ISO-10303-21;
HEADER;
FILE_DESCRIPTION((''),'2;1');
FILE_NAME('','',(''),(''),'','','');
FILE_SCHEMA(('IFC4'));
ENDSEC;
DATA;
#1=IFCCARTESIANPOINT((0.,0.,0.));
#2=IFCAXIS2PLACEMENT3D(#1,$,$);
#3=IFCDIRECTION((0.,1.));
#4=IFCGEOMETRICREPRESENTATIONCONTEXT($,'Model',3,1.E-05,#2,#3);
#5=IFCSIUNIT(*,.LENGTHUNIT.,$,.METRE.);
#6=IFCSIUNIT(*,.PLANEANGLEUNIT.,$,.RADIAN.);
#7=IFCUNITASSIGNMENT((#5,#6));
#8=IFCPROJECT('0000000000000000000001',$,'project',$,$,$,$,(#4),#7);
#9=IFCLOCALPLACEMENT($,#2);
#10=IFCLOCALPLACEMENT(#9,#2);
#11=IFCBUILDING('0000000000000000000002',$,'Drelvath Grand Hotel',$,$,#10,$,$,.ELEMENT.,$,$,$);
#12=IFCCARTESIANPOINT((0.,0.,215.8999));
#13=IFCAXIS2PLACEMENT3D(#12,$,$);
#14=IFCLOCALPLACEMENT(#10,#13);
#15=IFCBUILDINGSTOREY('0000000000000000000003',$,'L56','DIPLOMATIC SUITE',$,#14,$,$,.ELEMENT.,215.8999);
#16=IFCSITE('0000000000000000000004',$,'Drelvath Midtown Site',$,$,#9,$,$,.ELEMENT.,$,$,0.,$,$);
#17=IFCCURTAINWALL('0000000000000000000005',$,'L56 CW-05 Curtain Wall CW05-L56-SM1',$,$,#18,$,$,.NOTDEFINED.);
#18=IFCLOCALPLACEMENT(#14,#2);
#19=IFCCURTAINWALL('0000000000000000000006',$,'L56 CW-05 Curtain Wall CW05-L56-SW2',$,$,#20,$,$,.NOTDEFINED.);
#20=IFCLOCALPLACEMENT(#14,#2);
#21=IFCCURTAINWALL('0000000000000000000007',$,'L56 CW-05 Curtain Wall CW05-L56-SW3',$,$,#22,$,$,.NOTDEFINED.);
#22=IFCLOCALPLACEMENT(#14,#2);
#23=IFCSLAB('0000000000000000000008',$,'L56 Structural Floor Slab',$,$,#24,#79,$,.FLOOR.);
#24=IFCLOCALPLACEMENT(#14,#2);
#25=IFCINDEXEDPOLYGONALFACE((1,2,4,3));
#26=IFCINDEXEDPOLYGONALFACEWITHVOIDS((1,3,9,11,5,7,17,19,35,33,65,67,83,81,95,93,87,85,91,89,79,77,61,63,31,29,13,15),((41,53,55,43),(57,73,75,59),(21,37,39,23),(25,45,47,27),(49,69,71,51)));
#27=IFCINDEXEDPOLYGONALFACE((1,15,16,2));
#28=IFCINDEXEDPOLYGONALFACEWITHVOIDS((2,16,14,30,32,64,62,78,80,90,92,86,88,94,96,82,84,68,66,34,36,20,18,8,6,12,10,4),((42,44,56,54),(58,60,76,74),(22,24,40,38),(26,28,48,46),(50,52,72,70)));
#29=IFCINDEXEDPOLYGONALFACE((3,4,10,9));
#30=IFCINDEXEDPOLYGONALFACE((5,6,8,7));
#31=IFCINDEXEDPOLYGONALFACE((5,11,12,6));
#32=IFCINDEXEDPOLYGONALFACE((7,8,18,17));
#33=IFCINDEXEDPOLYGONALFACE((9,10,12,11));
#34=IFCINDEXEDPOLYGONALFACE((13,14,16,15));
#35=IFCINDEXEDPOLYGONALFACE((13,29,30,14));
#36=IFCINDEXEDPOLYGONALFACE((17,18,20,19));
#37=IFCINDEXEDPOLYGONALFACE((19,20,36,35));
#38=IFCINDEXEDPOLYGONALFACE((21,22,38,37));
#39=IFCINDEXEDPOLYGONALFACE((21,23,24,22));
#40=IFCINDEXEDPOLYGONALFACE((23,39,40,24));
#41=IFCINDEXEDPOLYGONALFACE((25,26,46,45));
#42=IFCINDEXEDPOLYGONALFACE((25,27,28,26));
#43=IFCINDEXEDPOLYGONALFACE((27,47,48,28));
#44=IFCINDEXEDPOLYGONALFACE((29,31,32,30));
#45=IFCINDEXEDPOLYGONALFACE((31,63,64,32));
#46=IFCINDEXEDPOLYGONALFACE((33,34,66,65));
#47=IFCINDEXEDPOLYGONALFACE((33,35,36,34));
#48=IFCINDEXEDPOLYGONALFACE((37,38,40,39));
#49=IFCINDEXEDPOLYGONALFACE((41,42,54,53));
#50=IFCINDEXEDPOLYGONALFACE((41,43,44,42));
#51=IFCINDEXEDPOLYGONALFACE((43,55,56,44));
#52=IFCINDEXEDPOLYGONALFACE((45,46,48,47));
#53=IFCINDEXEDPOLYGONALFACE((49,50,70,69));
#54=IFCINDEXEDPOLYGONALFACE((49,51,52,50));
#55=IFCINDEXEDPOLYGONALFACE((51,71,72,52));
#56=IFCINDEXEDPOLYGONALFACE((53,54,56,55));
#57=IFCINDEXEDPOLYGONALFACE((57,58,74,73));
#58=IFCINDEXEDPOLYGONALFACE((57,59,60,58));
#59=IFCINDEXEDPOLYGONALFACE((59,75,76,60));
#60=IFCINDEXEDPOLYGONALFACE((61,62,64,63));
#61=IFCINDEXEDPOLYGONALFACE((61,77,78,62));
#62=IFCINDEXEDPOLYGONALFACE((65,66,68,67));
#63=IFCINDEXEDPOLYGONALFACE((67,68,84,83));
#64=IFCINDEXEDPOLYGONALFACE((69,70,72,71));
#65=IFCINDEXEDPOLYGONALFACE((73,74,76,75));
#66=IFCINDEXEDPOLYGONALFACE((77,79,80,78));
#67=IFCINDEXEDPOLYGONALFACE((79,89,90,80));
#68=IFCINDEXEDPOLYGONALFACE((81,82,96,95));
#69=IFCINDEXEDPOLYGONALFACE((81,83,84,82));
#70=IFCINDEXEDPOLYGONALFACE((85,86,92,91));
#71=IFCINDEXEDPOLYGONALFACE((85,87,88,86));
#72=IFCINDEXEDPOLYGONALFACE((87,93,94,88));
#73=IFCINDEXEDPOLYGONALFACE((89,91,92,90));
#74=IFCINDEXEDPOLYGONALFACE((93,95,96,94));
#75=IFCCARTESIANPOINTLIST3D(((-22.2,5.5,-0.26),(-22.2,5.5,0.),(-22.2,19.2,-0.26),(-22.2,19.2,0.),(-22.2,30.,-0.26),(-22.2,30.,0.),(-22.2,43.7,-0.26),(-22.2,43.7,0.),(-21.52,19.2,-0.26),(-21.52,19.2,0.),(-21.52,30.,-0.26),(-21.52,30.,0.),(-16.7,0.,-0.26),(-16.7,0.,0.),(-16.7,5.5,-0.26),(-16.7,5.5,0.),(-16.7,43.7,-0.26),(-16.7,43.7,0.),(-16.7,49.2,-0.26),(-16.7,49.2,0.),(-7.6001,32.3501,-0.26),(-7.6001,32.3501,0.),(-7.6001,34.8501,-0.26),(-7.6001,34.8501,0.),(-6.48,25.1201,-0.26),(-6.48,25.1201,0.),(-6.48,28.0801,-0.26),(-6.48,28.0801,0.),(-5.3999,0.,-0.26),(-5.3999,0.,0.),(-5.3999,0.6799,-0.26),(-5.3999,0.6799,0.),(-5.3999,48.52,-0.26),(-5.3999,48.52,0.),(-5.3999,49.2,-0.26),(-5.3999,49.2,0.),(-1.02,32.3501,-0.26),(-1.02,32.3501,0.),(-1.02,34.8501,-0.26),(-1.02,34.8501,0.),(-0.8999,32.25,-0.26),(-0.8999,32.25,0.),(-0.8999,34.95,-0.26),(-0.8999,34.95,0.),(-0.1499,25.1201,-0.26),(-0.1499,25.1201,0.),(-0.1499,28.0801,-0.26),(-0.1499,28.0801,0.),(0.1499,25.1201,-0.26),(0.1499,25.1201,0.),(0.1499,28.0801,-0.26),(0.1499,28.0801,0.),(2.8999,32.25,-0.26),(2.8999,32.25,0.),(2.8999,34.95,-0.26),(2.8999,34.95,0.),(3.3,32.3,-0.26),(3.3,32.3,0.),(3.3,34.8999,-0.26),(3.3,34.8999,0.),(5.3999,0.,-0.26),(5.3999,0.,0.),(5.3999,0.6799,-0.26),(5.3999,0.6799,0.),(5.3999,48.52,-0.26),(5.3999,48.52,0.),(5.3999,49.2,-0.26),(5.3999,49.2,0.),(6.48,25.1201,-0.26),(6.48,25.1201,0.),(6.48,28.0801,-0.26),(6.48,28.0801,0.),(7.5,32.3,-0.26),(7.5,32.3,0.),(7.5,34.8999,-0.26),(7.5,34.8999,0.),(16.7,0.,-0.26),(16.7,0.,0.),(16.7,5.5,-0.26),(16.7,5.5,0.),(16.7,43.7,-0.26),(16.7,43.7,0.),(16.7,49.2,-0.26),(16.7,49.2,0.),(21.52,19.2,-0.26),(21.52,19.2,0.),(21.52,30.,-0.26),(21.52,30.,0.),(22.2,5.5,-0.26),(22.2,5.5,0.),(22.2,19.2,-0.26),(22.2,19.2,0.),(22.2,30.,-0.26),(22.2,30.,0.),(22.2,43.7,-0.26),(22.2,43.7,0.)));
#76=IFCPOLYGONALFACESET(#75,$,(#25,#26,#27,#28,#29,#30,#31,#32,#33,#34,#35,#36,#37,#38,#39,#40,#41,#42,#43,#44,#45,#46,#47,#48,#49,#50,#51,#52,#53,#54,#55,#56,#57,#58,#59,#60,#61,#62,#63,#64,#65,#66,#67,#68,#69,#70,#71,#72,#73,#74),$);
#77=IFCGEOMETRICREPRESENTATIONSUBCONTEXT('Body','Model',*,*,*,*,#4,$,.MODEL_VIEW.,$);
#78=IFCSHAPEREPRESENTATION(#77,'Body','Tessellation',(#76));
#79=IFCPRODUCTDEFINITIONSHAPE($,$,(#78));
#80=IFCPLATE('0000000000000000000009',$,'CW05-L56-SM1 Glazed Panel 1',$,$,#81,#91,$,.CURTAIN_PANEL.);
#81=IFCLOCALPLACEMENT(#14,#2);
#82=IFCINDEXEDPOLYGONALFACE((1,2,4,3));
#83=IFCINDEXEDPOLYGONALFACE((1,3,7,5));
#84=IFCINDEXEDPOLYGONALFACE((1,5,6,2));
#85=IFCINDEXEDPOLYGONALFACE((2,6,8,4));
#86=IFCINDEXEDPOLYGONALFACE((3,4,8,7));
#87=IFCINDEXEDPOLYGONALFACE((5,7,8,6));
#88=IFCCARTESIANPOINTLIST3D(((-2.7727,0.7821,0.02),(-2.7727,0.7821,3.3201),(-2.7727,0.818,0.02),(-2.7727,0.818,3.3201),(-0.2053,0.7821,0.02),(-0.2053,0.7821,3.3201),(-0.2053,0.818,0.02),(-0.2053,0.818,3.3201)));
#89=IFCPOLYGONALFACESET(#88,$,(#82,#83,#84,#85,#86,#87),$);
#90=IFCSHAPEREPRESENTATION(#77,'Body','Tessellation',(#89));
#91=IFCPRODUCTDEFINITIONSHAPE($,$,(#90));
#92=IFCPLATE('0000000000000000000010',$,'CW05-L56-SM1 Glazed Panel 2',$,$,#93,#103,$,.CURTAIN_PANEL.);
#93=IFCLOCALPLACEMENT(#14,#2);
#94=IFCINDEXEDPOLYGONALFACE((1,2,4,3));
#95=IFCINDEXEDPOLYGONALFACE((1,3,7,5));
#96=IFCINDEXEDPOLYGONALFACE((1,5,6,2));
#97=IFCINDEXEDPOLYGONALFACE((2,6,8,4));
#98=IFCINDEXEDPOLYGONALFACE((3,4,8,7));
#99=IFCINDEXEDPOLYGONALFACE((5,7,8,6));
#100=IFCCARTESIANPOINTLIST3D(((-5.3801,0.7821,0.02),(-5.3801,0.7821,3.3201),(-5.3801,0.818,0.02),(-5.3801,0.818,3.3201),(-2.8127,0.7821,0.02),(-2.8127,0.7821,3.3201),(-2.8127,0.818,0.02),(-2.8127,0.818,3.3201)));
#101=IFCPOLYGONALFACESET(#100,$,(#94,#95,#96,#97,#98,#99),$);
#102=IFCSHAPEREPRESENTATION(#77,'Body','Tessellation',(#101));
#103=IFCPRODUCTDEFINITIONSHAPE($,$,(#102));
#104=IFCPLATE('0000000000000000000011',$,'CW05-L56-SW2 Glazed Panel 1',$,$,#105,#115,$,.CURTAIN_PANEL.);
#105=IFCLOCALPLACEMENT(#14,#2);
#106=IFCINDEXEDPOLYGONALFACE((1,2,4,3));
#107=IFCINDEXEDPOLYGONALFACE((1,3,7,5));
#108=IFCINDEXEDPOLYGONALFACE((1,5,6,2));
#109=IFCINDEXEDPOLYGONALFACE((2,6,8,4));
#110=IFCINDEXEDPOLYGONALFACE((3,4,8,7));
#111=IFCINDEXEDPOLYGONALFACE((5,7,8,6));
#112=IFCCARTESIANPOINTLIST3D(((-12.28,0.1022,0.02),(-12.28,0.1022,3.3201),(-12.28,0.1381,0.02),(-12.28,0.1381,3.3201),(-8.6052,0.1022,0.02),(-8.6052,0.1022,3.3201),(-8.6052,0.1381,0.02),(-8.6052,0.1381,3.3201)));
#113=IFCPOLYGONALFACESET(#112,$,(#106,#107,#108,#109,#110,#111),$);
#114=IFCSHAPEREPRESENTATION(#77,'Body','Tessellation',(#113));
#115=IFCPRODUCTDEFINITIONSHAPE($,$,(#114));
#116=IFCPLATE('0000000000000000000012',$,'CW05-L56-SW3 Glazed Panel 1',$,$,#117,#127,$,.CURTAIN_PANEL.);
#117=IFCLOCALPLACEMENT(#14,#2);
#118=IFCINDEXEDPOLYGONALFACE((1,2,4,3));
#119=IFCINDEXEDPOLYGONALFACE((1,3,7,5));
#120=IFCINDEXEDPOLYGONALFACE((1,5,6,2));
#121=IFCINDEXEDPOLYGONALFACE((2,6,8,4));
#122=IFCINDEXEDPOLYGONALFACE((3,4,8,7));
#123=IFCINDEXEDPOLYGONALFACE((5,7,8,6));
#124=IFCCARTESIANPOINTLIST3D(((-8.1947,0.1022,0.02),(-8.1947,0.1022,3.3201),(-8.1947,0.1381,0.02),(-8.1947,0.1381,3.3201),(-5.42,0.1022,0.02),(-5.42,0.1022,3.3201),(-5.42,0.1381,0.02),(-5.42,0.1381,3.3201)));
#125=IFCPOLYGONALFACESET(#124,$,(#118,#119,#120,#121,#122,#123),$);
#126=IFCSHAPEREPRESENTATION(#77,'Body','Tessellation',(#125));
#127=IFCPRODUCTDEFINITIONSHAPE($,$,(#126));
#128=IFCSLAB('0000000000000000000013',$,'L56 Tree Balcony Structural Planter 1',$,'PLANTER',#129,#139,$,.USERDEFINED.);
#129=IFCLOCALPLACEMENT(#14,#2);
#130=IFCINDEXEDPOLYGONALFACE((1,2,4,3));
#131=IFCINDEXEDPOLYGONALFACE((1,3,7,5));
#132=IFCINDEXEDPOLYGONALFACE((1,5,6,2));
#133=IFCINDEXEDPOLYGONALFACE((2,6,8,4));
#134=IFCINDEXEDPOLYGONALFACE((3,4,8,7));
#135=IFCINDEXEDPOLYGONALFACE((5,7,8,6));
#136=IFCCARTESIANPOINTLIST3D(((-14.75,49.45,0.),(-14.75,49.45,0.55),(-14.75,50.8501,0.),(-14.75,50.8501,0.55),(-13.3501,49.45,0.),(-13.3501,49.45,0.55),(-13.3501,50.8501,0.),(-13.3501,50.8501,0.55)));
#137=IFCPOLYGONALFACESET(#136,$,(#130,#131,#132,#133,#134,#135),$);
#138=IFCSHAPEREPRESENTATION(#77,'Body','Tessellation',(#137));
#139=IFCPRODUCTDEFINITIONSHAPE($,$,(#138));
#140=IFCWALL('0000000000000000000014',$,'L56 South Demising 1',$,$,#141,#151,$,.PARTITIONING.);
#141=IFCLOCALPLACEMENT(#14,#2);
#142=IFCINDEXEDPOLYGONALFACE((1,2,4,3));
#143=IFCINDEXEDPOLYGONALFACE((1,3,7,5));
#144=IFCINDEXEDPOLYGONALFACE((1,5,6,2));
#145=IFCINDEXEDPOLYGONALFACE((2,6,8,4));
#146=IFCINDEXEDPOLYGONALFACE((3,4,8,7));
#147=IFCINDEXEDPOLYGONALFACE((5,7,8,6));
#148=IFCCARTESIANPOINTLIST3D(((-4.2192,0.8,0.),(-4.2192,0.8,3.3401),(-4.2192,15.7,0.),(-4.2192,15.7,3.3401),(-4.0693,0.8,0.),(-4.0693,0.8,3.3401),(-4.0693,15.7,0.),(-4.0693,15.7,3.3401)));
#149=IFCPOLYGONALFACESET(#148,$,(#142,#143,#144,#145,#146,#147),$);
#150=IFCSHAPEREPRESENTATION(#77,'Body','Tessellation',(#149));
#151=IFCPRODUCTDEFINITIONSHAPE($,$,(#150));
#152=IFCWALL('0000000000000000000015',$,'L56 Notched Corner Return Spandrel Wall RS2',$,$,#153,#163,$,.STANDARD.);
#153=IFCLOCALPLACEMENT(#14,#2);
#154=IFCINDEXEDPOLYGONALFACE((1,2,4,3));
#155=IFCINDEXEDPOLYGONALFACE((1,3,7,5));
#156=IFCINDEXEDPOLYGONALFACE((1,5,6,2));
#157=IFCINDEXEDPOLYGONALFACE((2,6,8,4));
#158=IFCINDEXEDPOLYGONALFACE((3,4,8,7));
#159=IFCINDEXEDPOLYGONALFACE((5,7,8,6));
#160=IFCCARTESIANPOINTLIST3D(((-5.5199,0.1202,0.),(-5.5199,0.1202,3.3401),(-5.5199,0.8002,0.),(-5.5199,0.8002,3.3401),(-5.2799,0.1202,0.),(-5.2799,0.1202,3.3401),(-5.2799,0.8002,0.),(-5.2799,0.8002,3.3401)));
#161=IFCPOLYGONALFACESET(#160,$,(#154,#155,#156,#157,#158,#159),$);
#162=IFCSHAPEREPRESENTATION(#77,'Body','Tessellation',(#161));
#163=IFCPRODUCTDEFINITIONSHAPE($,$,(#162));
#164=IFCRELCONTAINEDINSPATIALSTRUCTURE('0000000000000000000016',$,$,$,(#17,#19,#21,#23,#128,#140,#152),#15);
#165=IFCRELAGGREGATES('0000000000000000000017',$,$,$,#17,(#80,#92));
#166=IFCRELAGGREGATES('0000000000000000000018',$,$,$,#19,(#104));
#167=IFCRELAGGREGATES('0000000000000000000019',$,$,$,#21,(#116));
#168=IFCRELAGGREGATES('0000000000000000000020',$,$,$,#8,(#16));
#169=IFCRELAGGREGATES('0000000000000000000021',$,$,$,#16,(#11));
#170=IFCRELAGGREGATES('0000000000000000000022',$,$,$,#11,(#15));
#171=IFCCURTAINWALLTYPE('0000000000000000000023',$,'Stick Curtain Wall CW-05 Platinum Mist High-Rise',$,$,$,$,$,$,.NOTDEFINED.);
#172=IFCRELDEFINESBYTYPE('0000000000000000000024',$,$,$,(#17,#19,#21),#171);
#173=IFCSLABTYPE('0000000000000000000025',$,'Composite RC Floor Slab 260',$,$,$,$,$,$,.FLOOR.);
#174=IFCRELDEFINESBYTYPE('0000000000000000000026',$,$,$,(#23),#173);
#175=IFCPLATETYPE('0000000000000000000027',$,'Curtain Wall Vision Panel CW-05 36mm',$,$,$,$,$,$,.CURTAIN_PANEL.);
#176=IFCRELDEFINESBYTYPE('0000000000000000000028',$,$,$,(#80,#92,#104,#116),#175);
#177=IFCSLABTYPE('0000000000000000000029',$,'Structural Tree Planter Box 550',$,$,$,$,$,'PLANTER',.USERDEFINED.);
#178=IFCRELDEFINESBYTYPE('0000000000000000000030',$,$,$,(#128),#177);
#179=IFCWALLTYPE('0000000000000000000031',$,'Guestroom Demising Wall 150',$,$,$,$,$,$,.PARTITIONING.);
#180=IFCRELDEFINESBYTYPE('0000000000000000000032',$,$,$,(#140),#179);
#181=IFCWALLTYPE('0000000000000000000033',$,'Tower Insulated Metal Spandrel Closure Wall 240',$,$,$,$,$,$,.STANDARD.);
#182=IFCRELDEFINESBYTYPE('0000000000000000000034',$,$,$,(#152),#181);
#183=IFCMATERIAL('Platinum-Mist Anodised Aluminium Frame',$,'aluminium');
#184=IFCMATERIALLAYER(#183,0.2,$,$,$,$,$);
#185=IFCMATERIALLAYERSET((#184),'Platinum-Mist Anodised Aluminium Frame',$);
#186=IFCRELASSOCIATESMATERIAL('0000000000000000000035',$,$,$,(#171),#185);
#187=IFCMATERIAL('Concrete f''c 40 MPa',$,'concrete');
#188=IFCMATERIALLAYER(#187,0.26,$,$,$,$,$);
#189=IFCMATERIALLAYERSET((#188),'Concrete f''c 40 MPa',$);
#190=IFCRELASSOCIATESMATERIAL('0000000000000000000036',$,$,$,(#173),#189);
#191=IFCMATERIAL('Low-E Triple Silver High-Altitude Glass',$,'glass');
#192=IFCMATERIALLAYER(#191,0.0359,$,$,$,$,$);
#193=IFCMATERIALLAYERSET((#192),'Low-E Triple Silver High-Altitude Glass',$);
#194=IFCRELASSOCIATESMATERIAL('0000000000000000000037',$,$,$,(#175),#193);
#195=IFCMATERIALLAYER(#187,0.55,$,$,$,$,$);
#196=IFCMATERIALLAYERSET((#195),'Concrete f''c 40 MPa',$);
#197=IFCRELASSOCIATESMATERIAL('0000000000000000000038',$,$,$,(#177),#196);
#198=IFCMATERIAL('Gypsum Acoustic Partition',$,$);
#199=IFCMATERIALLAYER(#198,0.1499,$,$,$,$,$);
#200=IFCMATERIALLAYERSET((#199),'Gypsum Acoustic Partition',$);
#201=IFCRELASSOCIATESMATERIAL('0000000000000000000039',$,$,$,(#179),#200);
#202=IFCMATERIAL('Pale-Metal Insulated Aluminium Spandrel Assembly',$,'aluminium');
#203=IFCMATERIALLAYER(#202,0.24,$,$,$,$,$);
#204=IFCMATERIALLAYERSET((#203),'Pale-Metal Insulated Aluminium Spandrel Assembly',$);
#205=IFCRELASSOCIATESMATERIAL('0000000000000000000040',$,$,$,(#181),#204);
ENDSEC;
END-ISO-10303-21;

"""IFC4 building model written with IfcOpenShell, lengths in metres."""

from ifc_helpers import new_model, si_unit, direction, frame, frame_2d, origin, origin_2d, place, context, subcontext, project, spatial, polyline, rectangle, outline, extrude, material, layer, layer_set, type_object, element, aggregate, save


model = new_model("IFC4")

# Units and contexts
model_context = context("Model", 3, precision=1e-05, world=origin(), true_north=direction((0.0, 1.0)))
body_context = subcontext(model_context, "Body", "Model", "MODEL_VIEW")
ifc_project = project(units=[si_unit("LENGTHUNIT", "METRE"), si_unit("PLANEANGLEUNIT", "RADIAN")], contexts=[model_context])

# Site, building, storey
site_placement = place(None, origin())
site = spatial("IfcSite", under=ifc_project, at=site_placement, Name="Drelvath Midtown Site", CompositionType="ELEMENT", RefElevation=0.0)
building_placement = place(site_placement, origin())
building = spatial("IfcBuilding", under=site, at=building_placement, Name="Drelvath Grand Hotel", CompositionType="ELEMENT")
storey_placement = place(building_placement, frame((0.0, 0.0, 215.8999)))
storey = spatial("IfcBuildingStorey", under=building, at=storey_placement, Name="L56", Description="DIPLOMATIC SUITE", CompositionType="ELEMENT", Elevation=215.8999)

# Curtain walls
ifc_material_1 = material(Name="Platinum-Mist Anodised Aluminium Frame", Category="aluminium")
ifc_layer_1 = layer(ifc_material_1, 0.2)
ifc_layer_set_1 = layer_set([ifc_layer_1], Name="Platinum-Mist Anodised Aluminium Frame")
curtain_wall_type = type_object("IfcCurtainWallType", Name="Stick Curtain Wall CW-05 Platinum Mist High-Rise", PredefinedType="NOTDEFINED", material=ifc_layer_set_1)
curtain_wall_1_placement = place(storey_placement, origin())
curtain_wall_1 = element("IfcCurtainWall", 1, at=curtain_wall_1_placement, inside=storey, type_object=curtain_wall_type, Name="L56 CW-05 Curtain Wall CW05-L56-SM1", PredefinedType="NOTDEFINED")
curtain_wall_2_placement = place(storey_placement, origin())
curtain_wall_2 = element("IfcCurtainWall", 2, at=curtain_wall_2_placement, inside=storey, type_object=curtain_wall_type, Name="L56 CW-05 Curtain Wall CW05-L56-SW2", PredefinedType="NOTDEFINED")
curtain_wall_3_placement = place(storey_placement, origin())
curtain_wall_3 = element("IfcCurtainWall", 3, at=curtain_wall_3_placement, inside=storey, type_object=curtain_wall_type, Name="L56 CW-05 Curtain Wall CW05-L56-SW3", PredefinedType="NOTDEFINED")

# Slab
ifc_material_2 = material(Name="Concrete f'c 40 MPa", Category="concrete")
ifc_layer_2 = layer(ifc_material_2, 0.26)
ifc_layer_set_2 = layer_set([ifc_layer_2], Name="Concrete f'c 40 MPa")
slab_type_1 = type_object("IfcSlabType", Name="Composite RC Floor Slab 260", PredefinedType="FLOOR", material=ifc_layer_set_2)
slab_1_placement = place(storey_placement, frame((0.0, 0.0, -0.26)))
element("IfcSlab", 4, at=slab_1_placement, inside=storey, type_object=slab_type_1, Name="L56 Structural Floor Slab", PredefinedType="FLOOR", context=body_context, shape_type="SweptSolid", body=[
    extrude(outline(polyline([(-16.7, 0.0), (-5.3999, 0.0), (-5.3999, 0.6799), (5.3999, 0.6799), (5.3999, 0.0), (16.7, 0.0), (16.7, 5.5), (22.2, 5.5), (22.2, 19.2), (21.52, 19.2), (21.52, 30.0), (22.2, 30.0), (22.2, 43.7), (16.7, 43.7), (16.7, 49.2), (5.3999, 49.2), (5.3999, 48.52), (-5.3999, 48.52), (-5.3999, 49.2), (-16.7, 49.2), (-16.7, 43.7), (-22.2, 43.7), (-22.2, 30.0), (-21.52, 30.0), (-21.52, 19.2), (-22.2, 19.2), (-22.2, 5.5), (-16.7, 5.5), (-16.7, 0.0)]), holes=[polyline([(-6.48, 25.1201), (-6.48, 28.0801), (-0.1499, 28.0801), (-0.1499, 25.1201), (-6.48, 25.1201)]), polyline([(0.1499, 25.1201), (0.1499, 28.0801), (6.48, 28.0801), (6.48, 25.1201), (0.1499, 25.1201)]), polyline([(-7.6001, 32.3501), (-7.6001, 34.8501), (-1.02, 34.8501), (-1.02, 32.3501), (-7.6001, 32.3501)]), polyline([(-0.8999, 32.25), (-0.8999, 34.95), (2.8999, 34.95), (2.8999, 32.25), (-0.8999, 32.25)]), polyline([(3.3, 32.3), (3.3, 34.8999), (7.5, 34.8999), (7.5, 32.3), (3.3, 32.3)])]), origin(), (0.0, 0.0, 1.0), 0.26),
])

# Plates
ifc_material_3 = material(Name="Low-E Triple Silver High-Altitude Glass", Category="glass")
ifc_layer_3 = layer(ifc_material_3, 0.0359)
ifc_layer_set_3 = layer_set([ifc_layer_3], Name="Low-E Triple Silver High-Altitude Glass")
plate_type = type_object("IfcPlateType", Name="Curtain Wall Vision Panel CW-05 36mm", PredefinedType="CURTAIN_PANEL", material=ifc_layer_set_3)
plate_1_placement = place(storey_placement, frame((-1.489, 0.8, 0.02), z_axis=(0.0, 0.0, 1.0), x_axis=(-1.0, 0.0, 0.0)))
plate_1 = element("IfcPlate", 5, at=plate_1_placement, type_object=plate_type, Name="CW05-L56-SM1 Glazed Panel 1", PredefinedType="CURTAIN_PANEL", context=body_context, shape_type="SweptSolid", body=[
    extrude(rectangle(XDim=2.5674, YDim=0.0359, at=origin_2d()), origin(), (0.0, 0.0, 1.0), 3.3),
])
plate_2_placement = place(storey_placement, frame((-4.0964, 0.8, 0.02), z_axis=(0.0, 0.0, 1.0), x_axis=(-1.0, 0.0, 0.0)))
plate_2 = element("IfcPlate", 6, at=plate_2_placement, type_object=plate_type, Name="CW05-L56-SM1 Glazed Panel 2", PredefinedType="CURTAIN_PANEL", context=body_context, shape_type="SweptSolid", body=[
    extrude(rectangle(XDim=2.5674, YDim=0.0359, at=origin_2d()), origin(), (0.0, 0.0, 1.0), 3.3),
])
aggregate(curtain_wall_1, [plate_1, plate_2])
plate_3_placement = place(storey_placement, frame((-10.4426, 0.1201, 0.02), z_axis=(0.0, 0.0, 1.0), x_axis=(-1.0, 0.0, 0.0)))
plate_3 = element("IfcPlate", 7, at=plate_3_placement, type_object=plate_type, Name="CW05-L56-SW2 Glazed Panel 1", PredefinedType="CURTAIN_PANEL", context=body_context, shape_type="SweptSolid", body=[
    extrude(rectangle(XDim=3.6748, YDim=0.0359, at=origin_2d()), origin(), (0.0, 0.0, 1.0), 3.3),
])
aggregate(curtain_wall_2, [plate_3])
plate_4_placement = place(storey_placement, frame((-6.8074, 0.1201, 0.02), z_axis=(0.0, 0.0, 1.0), x_axis=(-1.0, 0.0, 0.0)))
plate_4 = element("IfcPlate", 8, at=plate_4_placement, type_object=plate_type, Name="CW05-L56-SW3 Glazed Panel 1", PredefinedType="CURTAIN_PANEL", context=body_context, shape_type="SweptSolid", body=[
    extrude(rectangle(XDim=2.7747, YDim=0.0359, at=origin_2d()), origin(), (0.0, 0.0, 1.0), 3.3),
])
aggregate(curtain_wall_3, [plate_4])

# Slab
ifc_layer_4 = layer(ifc_material_2, 0.55)
ifc_layer_set_4 = layer_set([ifc_layer_4], Name="Concrete f'c 40 MPa")
slab_type_2 = type_object("IfcSlabType", Name="Structural Tree Planter Box 550", ElementType="PLANTER", PredefinedType="USERDEFINED", material=ifc_layer_set_4)
slab_2_placement = place(storey_placement, origin())
element("IfcSlab", 9, at=slab_2_placement, inside=storey, type_object=slab_type_2, Name="L56 Tree Balcony Structural Planter 1", ObjectType="PLANTER", PredefinedType="USERDEFINED", context=body_context, shape_type="SweptSolid", body=[
    extrude(outline(polyline([(-14.75, 49.45), (-13.3501, 49.45), (-13.3501, 50.8501), (-14.75, 50.8501), (-14.75, 49.45)])), origin(), (0.0, 0.0, 1.0), 0.55),
])

# Walls
ifc_material_4 = material(Name="Gypsum Acoustic Partition")
ifc_layer_5 = layer(ifc_material_4, 0.1499)
ifc_layer_set_5 = layer_set([ifc_layer_5], Name="Gypsum Acoustic Partition")
wall_type_1 = type_object("IfcWallType", Name="Guestroom Demising Wall 150", PredefinedType="PARTITIONING", material=ifc_layer_set_5)
wall_1_placement = place(storey_placement, frame((-4.1443, 0.8, 0.0), z_axis=(0.0, 0.0, 1.0), x_axis=(0.0, 1.0, 0.0)))
element("IfcWall", 10, at=wall_1_placement, inside=storey, type_object=wall_type_1, Name="L56 South Demising 1", PredefinedType="PARTITIONING", context=body_context, shape_type="SweptSolid", body=[
    extrude(rectangle(XDim=14.8999, YDim=0.1499, at=frame_2d((7.45, 0.0))), origin(), (0.0, 0.0, 1.0), 3.3401),
])
ifc_material_5 = material(Name="Pale-Metal Insulated Aluminium Spandrel Assembly", Category="aluminium")
ifc_layer_6 = layer(ifc_material_5, 0.24)
ifc_layer_set_6 = layer_set([ifc_layer_6], Name="Pale-Metal Insulated Aluminium Spandrel Assembly")
wall_type_2 = type_object("IfcWallType", Name="Tower Insulated Metal Spandrel Closure Wall 240", PredefinedType="STANDARD", material=ifc_layer_set_6)
wall_2_placement = place(storey_placement, frame((-5.3999, 0.8, 0.0), z_axis=(0.0, 0.0, 1.0), x_axis=(0.0, -1.0, 0.0)))
element("IfcWall", 11, at=wall_2_placement, inside=storey, type_object=wall_type_2, Name="L56 Notched Corner Return Spandrel Wall RS2", PredefinedType="STANDARD", context=body_context, shape_type="SweptSolid", body=[
    extrude(rectangle(XDim=0.6799, YDim=0.24, at=frame_2d((0.3398, 0.0))), origin(), (0.0, 0.0, 1.0), 3.3401),
])

save(model, "model.ifc")
